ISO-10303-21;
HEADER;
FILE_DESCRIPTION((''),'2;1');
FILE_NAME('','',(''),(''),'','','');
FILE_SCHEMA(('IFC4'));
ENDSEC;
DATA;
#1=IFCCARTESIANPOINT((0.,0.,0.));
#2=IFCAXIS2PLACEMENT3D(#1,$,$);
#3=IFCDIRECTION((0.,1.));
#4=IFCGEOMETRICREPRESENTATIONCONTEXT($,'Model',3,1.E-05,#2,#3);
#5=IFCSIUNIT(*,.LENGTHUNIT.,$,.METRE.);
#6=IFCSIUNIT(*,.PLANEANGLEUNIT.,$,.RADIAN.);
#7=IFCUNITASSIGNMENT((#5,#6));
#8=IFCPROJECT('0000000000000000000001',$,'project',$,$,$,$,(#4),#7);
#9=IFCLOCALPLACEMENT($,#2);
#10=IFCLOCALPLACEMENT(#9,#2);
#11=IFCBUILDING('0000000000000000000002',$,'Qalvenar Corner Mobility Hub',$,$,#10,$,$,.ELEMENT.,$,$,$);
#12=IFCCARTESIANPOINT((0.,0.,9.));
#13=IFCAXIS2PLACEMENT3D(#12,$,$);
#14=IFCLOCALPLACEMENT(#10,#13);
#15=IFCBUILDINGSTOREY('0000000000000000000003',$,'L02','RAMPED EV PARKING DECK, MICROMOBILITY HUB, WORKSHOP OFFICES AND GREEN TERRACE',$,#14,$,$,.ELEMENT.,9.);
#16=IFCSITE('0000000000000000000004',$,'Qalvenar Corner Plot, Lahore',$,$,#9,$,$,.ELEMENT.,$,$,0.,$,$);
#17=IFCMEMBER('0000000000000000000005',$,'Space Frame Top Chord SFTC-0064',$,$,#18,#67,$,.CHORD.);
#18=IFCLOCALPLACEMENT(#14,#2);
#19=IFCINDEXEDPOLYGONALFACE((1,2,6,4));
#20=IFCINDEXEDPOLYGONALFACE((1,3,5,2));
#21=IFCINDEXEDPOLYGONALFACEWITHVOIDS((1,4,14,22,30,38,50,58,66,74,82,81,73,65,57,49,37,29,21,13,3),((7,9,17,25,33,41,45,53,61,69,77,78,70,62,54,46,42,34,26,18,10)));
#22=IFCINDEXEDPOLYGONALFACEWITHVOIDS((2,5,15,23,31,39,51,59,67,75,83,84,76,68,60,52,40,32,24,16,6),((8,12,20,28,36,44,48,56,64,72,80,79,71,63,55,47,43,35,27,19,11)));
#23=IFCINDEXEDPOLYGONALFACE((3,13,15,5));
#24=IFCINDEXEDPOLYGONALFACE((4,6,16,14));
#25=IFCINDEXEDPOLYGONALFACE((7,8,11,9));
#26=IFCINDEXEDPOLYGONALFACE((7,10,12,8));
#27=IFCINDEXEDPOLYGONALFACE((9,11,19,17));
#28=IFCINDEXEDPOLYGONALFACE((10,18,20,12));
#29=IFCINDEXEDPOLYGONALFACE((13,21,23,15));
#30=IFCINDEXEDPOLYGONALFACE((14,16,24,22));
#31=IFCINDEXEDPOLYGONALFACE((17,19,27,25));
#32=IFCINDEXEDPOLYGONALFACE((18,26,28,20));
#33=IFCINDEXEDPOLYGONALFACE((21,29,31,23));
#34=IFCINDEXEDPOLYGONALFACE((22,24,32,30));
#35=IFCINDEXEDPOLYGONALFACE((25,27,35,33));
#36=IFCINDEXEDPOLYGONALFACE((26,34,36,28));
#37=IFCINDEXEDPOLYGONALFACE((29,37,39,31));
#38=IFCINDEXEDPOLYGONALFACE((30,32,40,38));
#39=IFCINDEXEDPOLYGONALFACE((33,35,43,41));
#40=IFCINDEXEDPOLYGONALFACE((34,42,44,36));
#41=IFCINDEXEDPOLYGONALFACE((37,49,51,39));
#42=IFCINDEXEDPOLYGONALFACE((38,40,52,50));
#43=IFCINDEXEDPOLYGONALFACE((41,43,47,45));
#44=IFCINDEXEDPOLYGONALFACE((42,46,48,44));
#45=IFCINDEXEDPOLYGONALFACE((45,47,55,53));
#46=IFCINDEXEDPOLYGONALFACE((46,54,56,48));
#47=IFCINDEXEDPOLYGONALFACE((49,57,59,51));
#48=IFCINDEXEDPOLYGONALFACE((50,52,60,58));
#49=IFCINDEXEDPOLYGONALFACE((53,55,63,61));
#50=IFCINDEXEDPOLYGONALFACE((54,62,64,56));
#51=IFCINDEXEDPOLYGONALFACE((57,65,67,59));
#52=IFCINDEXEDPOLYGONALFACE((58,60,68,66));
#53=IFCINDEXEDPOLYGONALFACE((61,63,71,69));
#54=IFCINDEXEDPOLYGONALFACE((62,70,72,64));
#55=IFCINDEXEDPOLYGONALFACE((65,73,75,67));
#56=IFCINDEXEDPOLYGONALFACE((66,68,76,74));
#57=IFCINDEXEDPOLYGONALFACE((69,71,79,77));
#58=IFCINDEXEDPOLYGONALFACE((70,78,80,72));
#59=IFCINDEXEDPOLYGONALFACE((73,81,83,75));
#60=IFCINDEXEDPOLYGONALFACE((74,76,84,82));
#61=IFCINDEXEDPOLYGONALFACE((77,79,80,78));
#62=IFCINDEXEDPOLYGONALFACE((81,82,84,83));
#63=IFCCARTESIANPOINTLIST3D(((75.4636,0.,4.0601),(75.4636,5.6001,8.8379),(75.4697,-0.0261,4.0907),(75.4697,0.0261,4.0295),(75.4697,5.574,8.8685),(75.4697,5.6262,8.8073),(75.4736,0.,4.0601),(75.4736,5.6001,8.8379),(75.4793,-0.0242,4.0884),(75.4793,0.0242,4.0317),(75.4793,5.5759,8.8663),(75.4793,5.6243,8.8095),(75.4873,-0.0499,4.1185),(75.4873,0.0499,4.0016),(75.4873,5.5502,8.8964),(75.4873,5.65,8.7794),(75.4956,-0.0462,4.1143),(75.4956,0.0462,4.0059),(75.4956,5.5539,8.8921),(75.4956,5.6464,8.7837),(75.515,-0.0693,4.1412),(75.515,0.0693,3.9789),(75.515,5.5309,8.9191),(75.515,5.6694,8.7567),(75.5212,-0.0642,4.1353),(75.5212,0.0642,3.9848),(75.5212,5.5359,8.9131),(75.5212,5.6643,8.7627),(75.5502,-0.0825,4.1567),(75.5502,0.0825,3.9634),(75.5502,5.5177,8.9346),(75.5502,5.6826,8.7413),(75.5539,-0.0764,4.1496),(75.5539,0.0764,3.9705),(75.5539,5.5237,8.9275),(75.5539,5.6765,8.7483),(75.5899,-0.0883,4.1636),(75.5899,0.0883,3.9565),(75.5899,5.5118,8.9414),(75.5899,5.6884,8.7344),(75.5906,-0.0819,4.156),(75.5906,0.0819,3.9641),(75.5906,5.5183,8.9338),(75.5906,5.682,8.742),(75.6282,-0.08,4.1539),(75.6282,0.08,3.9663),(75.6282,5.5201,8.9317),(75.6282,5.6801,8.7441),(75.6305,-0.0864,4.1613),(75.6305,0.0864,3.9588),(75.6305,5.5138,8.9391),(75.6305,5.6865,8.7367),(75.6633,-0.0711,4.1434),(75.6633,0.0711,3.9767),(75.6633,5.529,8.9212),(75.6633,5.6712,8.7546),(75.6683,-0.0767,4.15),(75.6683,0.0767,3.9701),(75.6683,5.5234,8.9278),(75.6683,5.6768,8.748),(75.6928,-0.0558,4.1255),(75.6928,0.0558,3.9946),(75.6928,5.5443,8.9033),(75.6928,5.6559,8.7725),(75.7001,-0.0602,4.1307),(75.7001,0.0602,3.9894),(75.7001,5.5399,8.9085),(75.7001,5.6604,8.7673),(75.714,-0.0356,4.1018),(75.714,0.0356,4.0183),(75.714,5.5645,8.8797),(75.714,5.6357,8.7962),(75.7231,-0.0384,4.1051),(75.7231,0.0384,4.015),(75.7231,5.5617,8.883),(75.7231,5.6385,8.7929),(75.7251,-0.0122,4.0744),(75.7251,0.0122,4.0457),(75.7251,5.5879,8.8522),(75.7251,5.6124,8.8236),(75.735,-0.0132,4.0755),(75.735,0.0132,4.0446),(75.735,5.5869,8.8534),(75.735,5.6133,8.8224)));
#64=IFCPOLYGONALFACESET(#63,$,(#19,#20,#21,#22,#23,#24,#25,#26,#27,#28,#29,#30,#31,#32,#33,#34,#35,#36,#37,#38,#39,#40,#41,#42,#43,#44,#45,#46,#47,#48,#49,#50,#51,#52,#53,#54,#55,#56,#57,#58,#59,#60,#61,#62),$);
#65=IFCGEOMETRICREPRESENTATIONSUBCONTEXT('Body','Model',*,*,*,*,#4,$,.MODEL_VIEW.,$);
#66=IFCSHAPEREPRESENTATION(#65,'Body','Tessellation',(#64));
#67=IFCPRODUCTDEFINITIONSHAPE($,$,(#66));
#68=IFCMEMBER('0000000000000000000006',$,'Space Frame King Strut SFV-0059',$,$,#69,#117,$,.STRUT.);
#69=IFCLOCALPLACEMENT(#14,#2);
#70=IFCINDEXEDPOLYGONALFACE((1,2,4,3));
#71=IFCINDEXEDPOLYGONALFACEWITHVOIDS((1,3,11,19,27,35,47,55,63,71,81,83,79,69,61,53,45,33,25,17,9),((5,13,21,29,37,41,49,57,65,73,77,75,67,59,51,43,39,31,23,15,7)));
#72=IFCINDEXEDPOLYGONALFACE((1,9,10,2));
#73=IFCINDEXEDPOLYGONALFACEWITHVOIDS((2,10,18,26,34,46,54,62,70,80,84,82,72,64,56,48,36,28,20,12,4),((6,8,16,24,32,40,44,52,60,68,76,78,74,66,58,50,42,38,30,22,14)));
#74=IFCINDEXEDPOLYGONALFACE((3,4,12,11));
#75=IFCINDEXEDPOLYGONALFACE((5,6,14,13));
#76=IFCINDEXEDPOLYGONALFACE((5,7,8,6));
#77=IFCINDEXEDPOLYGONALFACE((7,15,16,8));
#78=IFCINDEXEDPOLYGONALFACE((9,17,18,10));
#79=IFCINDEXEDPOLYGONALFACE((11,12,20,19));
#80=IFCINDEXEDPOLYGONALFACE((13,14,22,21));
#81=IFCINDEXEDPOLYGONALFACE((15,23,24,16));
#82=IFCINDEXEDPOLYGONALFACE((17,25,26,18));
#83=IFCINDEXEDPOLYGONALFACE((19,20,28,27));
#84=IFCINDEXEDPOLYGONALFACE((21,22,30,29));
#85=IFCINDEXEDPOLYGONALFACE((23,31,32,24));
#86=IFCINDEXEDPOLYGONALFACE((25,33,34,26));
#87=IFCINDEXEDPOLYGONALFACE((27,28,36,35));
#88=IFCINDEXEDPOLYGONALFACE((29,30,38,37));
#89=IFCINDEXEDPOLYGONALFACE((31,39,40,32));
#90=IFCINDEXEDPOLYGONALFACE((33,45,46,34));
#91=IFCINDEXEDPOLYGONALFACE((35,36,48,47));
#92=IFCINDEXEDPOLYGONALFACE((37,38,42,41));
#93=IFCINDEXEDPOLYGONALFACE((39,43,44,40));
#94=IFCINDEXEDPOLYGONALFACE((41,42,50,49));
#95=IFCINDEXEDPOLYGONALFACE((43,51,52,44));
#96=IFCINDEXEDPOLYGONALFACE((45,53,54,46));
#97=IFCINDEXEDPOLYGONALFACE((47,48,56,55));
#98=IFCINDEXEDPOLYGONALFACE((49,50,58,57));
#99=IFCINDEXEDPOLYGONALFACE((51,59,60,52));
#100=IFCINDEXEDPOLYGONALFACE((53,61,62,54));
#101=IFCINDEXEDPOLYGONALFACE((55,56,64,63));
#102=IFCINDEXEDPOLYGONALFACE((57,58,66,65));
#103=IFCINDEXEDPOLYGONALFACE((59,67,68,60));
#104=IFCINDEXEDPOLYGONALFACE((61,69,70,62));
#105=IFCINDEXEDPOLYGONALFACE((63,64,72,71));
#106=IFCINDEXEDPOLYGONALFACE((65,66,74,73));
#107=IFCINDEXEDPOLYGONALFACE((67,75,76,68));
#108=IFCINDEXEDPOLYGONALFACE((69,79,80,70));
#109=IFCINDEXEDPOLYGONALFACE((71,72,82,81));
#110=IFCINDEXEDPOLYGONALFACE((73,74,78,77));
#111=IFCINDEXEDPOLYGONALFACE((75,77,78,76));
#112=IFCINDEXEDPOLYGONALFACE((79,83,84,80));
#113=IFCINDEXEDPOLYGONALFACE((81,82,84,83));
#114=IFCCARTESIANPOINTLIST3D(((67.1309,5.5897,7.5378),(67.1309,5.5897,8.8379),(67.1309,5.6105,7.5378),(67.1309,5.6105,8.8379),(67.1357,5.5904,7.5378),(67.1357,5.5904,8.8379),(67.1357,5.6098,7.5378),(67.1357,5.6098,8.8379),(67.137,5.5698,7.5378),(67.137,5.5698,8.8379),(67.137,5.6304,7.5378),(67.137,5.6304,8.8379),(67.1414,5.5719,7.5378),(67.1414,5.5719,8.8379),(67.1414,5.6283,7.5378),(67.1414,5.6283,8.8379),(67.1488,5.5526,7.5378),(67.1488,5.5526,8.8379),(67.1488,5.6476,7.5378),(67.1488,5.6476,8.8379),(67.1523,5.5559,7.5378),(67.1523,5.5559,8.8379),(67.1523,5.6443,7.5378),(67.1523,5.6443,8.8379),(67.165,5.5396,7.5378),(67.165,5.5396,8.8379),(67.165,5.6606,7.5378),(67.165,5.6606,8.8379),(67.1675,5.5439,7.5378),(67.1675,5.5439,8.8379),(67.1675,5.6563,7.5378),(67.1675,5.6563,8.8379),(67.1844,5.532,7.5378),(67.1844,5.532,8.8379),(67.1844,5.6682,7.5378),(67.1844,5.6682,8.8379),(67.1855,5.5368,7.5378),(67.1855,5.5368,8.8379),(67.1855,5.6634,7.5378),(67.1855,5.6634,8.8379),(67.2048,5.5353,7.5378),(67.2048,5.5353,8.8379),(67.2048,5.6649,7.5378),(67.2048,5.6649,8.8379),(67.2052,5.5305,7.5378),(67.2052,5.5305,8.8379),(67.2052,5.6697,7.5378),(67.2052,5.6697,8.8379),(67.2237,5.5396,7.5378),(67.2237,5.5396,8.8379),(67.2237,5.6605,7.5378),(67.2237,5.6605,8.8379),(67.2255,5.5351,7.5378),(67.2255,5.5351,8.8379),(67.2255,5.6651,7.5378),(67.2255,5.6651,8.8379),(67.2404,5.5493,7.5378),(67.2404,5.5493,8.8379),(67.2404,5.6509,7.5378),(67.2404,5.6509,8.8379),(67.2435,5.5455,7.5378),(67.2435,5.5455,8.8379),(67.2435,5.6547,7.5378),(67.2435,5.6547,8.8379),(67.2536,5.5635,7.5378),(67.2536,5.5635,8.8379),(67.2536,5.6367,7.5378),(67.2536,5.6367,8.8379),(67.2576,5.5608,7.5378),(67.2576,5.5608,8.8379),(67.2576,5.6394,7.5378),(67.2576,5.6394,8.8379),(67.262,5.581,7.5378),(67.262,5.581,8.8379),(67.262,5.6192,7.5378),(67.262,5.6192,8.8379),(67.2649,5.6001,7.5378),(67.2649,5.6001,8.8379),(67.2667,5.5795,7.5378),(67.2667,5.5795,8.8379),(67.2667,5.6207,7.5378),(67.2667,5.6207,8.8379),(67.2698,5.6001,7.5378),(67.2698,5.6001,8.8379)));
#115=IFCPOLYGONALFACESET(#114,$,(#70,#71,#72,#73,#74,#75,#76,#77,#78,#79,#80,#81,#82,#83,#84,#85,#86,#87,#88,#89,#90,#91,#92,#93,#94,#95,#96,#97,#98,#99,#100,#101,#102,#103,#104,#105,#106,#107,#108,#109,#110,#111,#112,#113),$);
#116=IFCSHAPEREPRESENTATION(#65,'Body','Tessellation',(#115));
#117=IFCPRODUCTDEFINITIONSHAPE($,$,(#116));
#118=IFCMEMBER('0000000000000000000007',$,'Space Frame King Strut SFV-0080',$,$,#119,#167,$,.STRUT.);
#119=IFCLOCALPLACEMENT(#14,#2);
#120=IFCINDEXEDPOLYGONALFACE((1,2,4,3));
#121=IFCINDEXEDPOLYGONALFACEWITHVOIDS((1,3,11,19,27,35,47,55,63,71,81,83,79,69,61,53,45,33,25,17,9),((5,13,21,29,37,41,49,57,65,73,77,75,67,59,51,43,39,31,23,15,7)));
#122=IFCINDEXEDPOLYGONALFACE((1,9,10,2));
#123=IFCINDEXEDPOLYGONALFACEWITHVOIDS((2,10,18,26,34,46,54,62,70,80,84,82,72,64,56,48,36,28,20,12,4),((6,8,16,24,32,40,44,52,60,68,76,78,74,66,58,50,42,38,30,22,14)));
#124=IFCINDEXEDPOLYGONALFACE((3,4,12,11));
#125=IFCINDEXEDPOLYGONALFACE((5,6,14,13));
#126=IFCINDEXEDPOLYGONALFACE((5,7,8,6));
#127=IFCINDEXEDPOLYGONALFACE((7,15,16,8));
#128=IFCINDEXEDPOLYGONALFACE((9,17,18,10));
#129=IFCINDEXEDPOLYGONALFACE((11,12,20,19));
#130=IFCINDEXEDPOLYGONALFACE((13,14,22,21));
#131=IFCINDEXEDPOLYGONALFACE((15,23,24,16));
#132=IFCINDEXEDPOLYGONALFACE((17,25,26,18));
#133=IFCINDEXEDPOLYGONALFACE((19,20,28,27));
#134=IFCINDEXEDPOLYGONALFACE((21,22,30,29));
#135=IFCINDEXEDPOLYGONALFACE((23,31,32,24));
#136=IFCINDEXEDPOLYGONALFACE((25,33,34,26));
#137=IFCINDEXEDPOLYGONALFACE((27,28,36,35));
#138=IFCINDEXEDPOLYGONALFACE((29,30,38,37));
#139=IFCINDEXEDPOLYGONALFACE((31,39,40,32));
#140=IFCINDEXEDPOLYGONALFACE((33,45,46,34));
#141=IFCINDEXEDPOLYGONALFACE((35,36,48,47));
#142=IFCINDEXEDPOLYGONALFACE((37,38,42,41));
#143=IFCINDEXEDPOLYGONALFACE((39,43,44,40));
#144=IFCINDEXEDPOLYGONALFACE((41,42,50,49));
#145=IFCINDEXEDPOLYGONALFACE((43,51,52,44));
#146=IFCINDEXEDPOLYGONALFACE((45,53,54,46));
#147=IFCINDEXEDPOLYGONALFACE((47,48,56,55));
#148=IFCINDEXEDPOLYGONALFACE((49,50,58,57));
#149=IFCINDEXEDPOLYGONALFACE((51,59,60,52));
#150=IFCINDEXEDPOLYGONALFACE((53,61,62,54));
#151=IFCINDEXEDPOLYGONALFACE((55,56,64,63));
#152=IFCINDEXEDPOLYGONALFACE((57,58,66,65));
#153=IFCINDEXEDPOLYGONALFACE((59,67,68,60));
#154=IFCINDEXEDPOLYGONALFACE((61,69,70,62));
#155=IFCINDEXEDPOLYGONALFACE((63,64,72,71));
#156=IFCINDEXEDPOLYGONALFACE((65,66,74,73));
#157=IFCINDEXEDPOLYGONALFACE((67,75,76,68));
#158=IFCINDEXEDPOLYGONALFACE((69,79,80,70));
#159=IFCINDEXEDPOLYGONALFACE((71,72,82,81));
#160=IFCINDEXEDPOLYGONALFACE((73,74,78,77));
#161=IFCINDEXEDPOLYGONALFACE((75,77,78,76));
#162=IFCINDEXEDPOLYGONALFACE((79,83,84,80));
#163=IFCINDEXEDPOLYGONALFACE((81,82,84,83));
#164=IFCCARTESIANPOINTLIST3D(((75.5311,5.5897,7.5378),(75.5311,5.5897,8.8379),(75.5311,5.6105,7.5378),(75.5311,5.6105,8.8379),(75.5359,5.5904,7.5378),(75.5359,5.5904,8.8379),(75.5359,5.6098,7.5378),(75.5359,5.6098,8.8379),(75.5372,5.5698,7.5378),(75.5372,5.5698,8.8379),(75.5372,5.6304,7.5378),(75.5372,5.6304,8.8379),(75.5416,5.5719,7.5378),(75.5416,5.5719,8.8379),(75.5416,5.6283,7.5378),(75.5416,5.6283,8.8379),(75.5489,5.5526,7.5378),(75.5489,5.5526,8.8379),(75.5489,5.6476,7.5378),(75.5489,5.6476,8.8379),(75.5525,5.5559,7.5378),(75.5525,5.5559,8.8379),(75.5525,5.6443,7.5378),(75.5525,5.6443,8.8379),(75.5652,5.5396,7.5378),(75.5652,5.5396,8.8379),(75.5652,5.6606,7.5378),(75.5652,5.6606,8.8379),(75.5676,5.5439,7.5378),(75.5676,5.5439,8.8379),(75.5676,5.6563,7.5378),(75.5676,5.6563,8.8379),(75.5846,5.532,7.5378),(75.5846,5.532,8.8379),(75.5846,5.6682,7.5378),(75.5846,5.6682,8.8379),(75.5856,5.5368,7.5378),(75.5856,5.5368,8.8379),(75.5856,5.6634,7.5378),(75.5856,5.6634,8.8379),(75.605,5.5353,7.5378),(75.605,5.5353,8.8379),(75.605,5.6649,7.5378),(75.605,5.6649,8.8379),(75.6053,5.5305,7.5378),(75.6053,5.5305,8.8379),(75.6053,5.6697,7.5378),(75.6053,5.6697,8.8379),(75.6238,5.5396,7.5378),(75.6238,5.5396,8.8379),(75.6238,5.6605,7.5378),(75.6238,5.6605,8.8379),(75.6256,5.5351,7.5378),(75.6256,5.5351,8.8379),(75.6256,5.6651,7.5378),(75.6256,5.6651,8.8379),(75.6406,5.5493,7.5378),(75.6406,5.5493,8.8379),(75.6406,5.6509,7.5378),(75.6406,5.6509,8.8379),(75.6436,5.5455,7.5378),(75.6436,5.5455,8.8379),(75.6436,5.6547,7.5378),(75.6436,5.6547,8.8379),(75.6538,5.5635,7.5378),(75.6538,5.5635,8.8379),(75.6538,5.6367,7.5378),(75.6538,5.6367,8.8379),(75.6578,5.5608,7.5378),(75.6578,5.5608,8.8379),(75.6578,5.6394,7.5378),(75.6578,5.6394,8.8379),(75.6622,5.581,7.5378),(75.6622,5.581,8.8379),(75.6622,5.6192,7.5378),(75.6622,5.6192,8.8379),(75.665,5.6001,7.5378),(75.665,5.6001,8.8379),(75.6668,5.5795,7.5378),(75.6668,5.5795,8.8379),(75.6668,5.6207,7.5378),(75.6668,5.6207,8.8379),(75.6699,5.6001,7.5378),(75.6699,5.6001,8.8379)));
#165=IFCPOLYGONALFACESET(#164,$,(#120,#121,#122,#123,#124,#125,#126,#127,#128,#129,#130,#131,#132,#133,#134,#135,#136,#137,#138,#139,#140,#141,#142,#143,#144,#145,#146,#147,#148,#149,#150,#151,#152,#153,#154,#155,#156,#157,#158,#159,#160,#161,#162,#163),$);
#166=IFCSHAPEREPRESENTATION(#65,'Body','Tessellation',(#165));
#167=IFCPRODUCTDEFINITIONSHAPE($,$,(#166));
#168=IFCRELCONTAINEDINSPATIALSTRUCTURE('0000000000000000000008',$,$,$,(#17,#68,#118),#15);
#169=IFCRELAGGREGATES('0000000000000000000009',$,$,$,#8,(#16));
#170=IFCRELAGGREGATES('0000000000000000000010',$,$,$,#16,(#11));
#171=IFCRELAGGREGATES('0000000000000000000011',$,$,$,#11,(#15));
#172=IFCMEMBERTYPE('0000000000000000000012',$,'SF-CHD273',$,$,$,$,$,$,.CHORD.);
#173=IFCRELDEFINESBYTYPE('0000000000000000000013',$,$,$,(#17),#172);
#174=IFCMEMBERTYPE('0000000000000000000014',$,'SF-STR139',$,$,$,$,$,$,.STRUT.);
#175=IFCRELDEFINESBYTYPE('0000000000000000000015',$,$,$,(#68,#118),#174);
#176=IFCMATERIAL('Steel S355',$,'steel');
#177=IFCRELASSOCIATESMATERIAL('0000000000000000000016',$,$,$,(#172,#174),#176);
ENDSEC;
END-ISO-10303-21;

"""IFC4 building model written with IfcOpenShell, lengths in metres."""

from ifc_helpers import new_model, si_unit, direction, frame, origin, origin_2d, place, context, subcontext, project, spatial, hollow_circle, extrude, material, material_profile, profile_set, type_object, element, save


model = new_model("IFC4")

# Units and contexts
model_context = context("Model", 3, precision=1e-05, world=origin(), true_north=direction((0.0, 1.0)))
body_context = subcontext(model_context, "Body", "Model", "MODEL_VIEW")
ifc_project = project(units=[si_unit("LENGTHUNIT", "METRE"), si_unit("PLANEANGLEUNIT", "RADIAN")], contexts=[model_context])

# Site, building, storey
site_placement = place(None, origin())
site = spatial("IfcSite", under=ifc_project, at=site_placement, Name="Qalvenar Corner Plot, Lahore", CompositionType="ELEMENT", RefElevation=0.0)
building_placement = place(site_placement, origin())
building = spatial("IfcBuilding", under=site, at=building_placement, Name="Qalvenar Corner Mobility Hub", CompositionType="ELEMENT")
storey_placement = place(building_placement, frame((0.0, 0.0, 9.0)))
storey = spatial("IfcBuildingStorey", under=building, at=storey_placement, Name="L02", Description="RAMPED EV PARKING DECK, MICROMOBILITY HUB, WORKSHOP OFFICES AND GREEN TERRACE", CompositionType="ELEMENT", Elevation=9.0)

# Members
ifc_material_1 = material(Name="Steel S355", Category="steel")
ifc_material_profile_1 = material_profile(ifc_material_1, hollow_circle(Radius=0.1365, WallThickness=0.01, at=origin_2d()), Name="CHS273x10")
ifc_profile_set_1 = profile_set([ifc_material_profile_1], Name="Steel S355")
member_type_1 = type_object("IfcMemberType", Name="SF-CHD273", PredefinedType="CHORD", material=ifc_profile_set_1)
for number, where, z_axis, x_axis, name in (
    (1, (75.6001, 0.0, 4.0601), (0.0, 0.760748, 0.649047), (-1.0, 0.0, 0.0), "Space Frame Top Chord SFTC-0064"),
):
    element("IfcMember", number, at=place(storey_placement, frame(where, z_axis=z_axis, x_axis=x_axis)), inside=storey, type_object=member_type_1, Name=name, PredefinedType="CHORD", context=body_context, shape_type="SweptSolid", body=[
        extrude(hollow_circle(Radius=0.1365, WallThickness=0.01, at=origin_2d()), origin(), (0.0, 0.0, 1.0), 7.3613),
    ])
ifc_material_profile_2 = material_profile(ifc_material_1, hollow_circle(Radius=0.0698, WallThickness=0.0049, at=origin_2d()), Name="CHS139.7x5")
ifc_profile_set_2 = profile_set([ifc_material_profile_2], Name="Steel S355")
member_type_2 = type_object("IfcMemberType", Name="SF-STR139", PredefinedType="STRUT", material=ifc_profile_set_2)
for number, where, z_axis, x_axis, name in (
    (2, (67.2, 5.6001, 7.5378), (0.0, 0.0, 1.0), (1.0, 0.0, 0.0), "Space Frame King Strut SFV-0059"),
    (3, (75.6001, 5.6001, 7.5378), (0.0, 0.0, 1.0), (1.0, 0.0, 0.0), "Space Frame King Strut SFV-0080"),
):
    element("IfcMember", number, at=place(storey_placement, frame(where, z_axis=z_axis, x_axis=x_axis)), inside=storey, type_object=member_type_2, Name=name, PredefinedType="STRUT", context=body_context, shape_type="SweptSolid", body=[
        extrude(hollow_circle(Radius=0.0698, WallThickness=0.0049, at=origin_2d()), origin(), (0.0, 0.0, 1.0), 1.3),
    ])

save(model, "model.ifc")
